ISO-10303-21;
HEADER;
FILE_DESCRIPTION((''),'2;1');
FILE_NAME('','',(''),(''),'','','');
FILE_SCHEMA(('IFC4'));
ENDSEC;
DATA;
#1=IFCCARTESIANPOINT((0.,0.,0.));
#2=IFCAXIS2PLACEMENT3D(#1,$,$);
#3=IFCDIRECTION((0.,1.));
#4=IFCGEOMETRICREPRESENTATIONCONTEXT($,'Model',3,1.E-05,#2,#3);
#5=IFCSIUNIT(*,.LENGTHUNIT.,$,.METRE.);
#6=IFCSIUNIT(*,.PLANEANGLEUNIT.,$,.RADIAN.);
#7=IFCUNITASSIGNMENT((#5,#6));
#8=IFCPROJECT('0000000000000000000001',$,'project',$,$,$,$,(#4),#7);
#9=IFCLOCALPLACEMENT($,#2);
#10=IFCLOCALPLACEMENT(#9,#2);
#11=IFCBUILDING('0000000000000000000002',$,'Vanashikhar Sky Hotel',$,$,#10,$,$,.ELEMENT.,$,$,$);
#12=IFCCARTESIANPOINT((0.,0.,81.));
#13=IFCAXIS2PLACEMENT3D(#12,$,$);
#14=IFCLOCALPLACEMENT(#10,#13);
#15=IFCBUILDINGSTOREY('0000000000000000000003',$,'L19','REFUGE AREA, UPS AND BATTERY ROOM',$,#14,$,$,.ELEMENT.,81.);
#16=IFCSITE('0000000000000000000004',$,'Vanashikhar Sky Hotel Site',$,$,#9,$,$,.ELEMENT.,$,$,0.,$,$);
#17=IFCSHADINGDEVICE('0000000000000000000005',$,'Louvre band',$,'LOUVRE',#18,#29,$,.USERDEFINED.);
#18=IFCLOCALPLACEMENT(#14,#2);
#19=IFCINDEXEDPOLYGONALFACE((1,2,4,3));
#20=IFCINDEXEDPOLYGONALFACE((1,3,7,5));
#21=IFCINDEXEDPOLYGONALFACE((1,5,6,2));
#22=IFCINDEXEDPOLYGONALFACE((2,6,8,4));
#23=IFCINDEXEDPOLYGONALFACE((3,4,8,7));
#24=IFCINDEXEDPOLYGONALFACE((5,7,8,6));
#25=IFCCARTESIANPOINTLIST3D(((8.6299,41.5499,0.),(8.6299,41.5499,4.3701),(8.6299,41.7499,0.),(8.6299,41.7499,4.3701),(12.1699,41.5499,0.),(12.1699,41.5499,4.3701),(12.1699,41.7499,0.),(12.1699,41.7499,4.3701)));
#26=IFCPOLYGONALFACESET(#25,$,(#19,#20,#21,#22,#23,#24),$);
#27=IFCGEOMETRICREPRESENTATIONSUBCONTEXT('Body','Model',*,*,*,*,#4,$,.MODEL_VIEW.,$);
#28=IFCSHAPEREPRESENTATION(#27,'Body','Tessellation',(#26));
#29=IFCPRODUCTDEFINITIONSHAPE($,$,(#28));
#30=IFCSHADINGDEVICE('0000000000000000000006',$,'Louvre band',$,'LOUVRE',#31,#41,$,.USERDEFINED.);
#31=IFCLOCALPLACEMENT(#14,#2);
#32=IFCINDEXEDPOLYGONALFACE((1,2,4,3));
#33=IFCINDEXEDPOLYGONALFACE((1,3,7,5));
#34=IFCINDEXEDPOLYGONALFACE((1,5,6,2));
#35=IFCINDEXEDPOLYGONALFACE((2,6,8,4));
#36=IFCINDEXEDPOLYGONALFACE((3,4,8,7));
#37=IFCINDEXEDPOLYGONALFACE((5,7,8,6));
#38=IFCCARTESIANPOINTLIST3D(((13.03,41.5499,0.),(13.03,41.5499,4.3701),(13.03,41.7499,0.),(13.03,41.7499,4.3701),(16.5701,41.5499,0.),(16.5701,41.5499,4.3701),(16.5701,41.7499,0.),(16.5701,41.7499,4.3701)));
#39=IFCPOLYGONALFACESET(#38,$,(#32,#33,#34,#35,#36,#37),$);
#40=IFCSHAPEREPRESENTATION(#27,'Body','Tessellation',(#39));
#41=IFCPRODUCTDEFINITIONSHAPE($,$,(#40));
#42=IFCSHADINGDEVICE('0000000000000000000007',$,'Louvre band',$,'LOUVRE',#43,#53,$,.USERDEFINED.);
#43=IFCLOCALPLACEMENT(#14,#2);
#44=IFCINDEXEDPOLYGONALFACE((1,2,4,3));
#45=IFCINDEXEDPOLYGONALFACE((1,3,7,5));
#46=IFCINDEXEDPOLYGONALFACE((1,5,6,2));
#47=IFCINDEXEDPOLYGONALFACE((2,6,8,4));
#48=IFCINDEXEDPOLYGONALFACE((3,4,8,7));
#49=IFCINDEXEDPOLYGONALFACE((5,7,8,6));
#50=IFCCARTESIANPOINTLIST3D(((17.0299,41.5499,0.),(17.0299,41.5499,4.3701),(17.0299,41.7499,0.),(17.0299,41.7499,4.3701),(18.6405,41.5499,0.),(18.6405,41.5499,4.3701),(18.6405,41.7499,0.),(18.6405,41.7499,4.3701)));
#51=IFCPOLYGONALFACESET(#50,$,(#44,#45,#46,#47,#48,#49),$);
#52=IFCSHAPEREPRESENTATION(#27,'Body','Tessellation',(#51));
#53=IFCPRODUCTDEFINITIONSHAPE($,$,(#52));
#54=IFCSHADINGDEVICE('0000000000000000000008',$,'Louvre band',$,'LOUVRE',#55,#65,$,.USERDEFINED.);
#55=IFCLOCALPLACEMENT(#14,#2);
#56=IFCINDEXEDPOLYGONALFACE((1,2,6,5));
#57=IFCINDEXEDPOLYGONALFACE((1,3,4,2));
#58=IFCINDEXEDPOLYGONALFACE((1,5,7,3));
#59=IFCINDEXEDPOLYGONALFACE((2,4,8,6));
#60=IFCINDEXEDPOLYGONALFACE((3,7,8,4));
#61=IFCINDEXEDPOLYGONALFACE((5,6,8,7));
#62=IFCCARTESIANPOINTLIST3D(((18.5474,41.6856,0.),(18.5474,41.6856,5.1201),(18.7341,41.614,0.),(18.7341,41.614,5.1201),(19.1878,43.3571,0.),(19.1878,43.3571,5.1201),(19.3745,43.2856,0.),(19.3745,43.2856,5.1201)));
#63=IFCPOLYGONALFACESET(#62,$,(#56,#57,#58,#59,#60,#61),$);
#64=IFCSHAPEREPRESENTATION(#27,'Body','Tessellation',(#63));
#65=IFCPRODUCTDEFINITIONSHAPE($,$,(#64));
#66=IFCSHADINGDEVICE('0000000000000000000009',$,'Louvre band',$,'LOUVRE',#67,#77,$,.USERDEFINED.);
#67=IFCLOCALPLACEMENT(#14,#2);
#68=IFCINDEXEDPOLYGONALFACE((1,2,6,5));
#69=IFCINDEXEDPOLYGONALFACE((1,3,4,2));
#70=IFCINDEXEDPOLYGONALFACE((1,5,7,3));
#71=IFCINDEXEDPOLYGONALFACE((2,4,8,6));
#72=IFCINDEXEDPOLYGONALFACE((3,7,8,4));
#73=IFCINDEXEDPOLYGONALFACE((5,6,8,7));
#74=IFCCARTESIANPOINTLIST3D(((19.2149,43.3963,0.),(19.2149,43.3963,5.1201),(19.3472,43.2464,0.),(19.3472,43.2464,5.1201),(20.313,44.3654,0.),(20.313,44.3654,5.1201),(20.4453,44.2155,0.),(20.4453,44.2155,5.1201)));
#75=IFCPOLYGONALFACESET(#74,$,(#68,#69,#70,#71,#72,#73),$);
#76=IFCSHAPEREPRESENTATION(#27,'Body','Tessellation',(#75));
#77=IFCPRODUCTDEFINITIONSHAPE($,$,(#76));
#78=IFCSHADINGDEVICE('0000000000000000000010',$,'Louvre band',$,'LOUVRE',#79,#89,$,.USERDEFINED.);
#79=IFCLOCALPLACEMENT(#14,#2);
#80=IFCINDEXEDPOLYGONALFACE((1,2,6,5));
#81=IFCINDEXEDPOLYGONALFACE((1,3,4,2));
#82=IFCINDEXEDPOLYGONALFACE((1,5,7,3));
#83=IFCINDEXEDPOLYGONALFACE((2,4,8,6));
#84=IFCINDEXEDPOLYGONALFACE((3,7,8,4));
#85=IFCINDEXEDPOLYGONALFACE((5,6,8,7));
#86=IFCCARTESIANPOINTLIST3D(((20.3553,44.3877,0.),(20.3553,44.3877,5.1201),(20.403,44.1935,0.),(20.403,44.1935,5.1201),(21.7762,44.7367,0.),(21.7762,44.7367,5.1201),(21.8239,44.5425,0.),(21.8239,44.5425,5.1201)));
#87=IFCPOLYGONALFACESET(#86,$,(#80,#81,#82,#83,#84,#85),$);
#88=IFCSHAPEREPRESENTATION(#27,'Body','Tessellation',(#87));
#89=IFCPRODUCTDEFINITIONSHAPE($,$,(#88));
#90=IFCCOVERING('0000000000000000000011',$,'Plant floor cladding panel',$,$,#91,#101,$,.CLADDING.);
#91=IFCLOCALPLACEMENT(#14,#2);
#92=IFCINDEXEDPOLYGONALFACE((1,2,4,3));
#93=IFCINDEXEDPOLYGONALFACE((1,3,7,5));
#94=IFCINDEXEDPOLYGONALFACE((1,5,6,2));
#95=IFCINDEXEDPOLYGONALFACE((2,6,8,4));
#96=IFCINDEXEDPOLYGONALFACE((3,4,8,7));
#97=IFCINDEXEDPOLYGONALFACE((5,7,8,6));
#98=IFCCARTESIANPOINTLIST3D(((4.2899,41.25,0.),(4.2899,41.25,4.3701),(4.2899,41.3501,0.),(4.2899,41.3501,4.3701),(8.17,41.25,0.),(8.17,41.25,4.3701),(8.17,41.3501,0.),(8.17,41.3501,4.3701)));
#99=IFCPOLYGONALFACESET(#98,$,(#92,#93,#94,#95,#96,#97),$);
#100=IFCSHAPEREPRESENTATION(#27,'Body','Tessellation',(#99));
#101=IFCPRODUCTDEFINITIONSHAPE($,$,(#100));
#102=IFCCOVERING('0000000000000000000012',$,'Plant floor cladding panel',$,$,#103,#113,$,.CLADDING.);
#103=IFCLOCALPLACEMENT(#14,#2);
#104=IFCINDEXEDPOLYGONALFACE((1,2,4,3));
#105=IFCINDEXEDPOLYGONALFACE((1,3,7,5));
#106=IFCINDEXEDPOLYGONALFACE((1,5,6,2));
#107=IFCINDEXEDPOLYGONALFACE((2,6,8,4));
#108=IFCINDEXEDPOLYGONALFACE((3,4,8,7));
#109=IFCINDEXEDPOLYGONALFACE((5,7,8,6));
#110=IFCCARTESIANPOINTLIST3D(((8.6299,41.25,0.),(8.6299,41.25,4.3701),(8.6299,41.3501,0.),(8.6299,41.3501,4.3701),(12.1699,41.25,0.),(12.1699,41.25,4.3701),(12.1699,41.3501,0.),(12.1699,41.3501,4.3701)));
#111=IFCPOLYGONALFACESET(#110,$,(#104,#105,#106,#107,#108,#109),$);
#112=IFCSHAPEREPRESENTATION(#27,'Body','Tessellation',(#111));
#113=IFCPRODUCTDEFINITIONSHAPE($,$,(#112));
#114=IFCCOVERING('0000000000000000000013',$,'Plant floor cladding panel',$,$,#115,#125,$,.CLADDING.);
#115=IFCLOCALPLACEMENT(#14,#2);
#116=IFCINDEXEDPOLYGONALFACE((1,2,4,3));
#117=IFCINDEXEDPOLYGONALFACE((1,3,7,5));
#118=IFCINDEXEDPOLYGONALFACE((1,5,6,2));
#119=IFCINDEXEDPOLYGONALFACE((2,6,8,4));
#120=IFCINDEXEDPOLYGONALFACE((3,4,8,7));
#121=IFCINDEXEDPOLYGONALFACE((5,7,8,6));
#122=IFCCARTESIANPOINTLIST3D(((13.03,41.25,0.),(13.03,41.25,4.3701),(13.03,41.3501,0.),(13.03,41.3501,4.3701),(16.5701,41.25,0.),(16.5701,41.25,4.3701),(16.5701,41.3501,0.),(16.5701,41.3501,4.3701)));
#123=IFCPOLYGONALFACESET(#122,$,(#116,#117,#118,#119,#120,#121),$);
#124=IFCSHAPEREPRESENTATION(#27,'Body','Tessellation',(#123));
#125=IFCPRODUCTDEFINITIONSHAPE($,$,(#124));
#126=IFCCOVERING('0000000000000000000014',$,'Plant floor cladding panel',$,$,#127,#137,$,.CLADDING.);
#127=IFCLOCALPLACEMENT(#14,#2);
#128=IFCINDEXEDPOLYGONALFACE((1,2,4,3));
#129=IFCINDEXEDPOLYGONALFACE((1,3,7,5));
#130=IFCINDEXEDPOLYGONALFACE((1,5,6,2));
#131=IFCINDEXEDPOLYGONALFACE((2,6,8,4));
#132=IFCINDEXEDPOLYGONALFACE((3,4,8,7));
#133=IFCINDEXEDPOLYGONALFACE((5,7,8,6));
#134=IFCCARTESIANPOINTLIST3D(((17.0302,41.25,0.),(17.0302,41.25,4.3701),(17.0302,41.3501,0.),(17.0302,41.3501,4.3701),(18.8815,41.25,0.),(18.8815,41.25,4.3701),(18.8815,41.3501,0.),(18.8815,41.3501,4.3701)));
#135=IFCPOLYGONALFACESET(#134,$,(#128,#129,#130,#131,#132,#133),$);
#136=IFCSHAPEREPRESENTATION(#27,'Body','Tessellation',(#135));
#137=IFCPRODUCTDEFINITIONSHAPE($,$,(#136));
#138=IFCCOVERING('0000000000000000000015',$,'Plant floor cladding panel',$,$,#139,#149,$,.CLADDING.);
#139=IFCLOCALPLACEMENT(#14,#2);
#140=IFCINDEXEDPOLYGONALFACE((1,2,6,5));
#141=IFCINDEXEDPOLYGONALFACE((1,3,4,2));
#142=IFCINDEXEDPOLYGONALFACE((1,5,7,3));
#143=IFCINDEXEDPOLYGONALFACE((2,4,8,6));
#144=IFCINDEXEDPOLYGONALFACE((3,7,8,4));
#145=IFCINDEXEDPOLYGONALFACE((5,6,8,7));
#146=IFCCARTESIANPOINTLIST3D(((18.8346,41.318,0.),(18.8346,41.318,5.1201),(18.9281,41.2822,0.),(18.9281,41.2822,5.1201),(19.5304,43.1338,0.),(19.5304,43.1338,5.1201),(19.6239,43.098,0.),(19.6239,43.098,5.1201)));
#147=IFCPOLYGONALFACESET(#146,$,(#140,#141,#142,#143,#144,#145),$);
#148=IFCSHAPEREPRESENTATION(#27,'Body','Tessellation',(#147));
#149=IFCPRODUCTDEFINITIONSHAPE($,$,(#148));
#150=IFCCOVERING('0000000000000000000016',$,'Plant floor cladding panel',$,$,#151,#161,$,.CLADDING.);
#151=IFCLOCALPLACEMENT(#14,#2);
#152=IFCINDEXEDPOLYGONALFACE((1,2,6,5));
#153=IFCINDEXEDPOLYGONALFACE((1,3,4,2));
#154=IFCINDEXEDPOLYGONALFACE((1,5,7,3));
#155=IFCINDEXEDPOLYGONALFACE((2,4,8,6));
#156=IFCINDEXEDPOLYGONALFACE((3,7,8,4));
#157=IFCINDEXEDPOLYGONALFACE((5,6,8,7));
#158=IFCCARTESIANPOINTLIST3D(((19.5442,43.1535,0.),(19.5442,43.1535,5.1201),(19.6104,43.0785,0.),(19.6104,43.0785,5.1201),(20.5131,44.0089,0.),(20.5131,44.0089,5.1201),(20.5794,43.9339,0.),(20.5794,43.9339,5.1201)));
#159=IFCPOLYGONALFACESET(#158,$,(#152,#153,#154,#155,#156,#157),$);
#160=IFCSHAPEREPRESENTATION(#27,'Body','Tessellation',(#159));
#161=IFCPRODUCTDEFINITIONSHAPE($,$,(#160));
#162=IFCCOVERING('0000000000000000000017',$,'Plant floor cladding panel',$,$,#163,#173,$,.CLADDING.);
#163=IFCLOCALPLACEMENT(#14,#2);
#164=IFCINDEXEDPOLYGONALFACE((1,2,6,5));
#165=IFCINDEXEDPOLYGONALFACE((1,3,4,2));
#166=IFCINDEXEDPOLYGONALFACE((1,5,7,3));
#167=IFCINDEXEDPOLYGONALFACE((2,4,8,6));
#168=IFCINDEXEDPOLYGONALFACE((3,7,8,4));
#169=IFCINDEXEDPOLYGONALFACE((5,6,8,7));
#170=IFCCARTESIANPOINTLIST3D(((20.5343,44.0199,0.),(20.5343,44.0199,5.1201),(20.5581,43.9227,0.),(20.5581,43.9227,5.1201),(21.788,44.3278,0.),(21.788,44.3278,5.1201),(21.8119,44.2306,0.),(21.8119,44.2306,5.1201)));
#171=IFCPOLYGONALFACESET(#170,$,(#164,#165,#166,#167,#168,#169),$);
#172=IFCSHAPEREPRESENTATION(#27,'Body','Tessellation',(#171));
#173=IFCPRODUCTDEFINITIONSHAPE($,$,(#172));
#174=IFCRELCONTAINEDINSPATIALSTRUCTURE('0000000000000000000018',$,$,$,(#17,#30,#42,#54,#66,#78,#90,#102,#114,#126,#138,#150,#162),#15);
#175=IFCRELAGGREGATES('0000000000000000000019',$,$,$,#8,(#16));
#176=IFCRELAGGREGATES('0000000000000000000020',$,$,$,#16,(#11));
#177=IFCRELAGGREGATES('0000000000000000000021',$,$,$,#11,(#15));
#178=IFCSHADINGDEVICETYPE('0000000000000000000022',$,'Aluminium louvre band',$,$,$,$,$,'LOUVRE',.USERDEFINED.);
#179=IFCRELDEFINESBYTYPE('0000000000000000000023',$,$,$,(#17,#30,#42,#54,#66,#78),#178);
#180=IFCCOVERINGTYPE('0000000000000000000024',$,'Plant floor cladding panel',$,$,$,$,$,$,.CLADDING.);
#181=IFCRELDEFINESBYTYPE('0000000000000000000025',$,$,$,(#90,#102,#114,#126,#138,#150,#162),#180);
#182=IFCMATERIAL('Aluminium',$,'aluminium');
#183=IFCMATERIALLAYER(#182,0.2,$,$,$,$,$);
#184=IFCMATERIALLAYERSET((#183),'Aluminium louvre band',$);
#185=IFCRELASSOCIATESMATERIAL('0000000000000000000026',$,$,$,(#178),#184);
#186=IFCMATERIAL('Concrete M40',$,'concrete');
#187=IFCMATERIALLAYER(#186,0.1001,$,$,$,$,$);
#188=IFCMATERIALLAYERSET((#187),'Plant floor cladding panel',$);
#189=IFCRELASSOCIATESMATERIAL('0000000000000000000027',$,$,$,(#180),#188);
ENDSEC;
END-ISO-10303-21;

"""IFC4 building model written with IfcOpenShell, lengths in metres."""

from ifc_helpers import new_model, si_unit, direction, frame, origin, origin_2d, place, context, subcontext, project, spatial, rectangle, extrude, source, transform, mapped, material, layer, layer_set, type_object, element, save


model = new_model("IFC4")

# Units and contexts
model_context = context("Model", 3, precision=1e-05, world=origin(), true_north=direction((0.0, 1.0)))
body_context = subcontext(model_context, "Body", "Model", "MODEL_VIEW")
ifc_project = project(units=[si_unit("LENGTHUNIT", "METRE"), si_unit("PLANEANGLEUNIT", "RADIAN")], contexts=[model_context])

# Site, building, storey
site_placement = place(None, origin())
site = spatial("IfcSite", under=ifc_project, at=site_placement, Name="Vanashikhar Sky Hotel Site", CompositionType="ELEMENT", RefElevation=0.0)
building_placement = place(site_placement, origin())
building = spatial("IfcBuilding", under=site, at=building_placement, Name="Vanashikhar Sky Hotel", CompositionType="ELEMENT")
storey_placement = place(building_placement, frame((0.0, 0.0, 81.0)))
storey = spatial("IfcBuildingStorey", under=building, at=storey_placement, Name="L19", Description="REFUGE AREA, UPS AND BATTERY ROOM", CompositionType="ELEMENT", Elevation=81.0)

# Shading devices
ifc_material_1 = material(Name="Aluminium", Category="aluminium")
ifc_layer_1 = layer(ifc_material_1, 0.2)
ifc_layer_set_1 = layer_set([ifc_layer_1], Name="Aluminium louvre band")
shading_device_type = type_object("IfcShadingDeviceType", Name="Aluminium louvre band", ElementType="LOUVRE", PredefinedType="USERDEFINED", material=ifc_layer_set_1)
shared_shape_1 = source(origin(), body_context, "Body", "SweptSolid", [
    extrude(rectangle(XDim=3.54, YDim=0.2, at=origin_2d()), origin(), (0.0, 0.0, 1.0), 4.3701),
])
for number, where, z_axis, x_axis, name in (
    (1, (10.3999, 41.6499, 0.0), (0.0, 0.0, 1.0), (-1.0, 0.0, 0.0), "Louvre band"),
    (2, (14.8, 41.6499, 0.0), (0.0, 0.0, 1.0), (-1.0, 0.0, 0.0), "Louvre band"),
):
    element("IfcShadingDevice", number, at=place(storey_placement, frame(where, z_axis=z_axis, x_axis=x_axis)), inside=storey, type_object=shading_device_type, Name=name, ObjectType="LOUVRE", PredefinedType="USERDEFINED", context=body_context, shape_type="MappedRepresentation", body=[
        mapped(shared_shape_1, transform((0.0, 0.0, 0.0), scale=1.0)),
    ])
shared_shape_2 = source(origin(), body_context, "Body", "SweptSolid", [
    extrude(rectangle(XDim=1.6106, YDim=0.2, at=origin_2d()), origin(), (0.0, 0.0, 1.0), 4.3701),
])
shading_device_1_placement = place(storey_placement, frame((17.8352, 41.6499, 0.0), z_axis=(0.0, 0.0, 1.0), x_axis=(-1.0, 0.0, 0.0)))
element("IfcShadingDevice", 3, at=shading_device_1_placement, inside=storey, type_object=shading_device_type, Name="Louvre band", ObjectType="LOUVRE", PredefinedType="USERDEFINED", context=body_context, shape_type="MappedRepresentation", body=[
    mapped(shared_shape_2, transform((0.0, 0.0, 0.0), scale=1.0)),
])
shared_shape_3 = source(origin(), body_context, "Body", "SweptSolid", [
    extrude(rectangle(XDim=1.79, YDim=0.2, at=origin_2d()), origin(), (0.0, 0.0, 1.0), 5.1201),
])
shading_device_2_placement = place(storey_placement, frame((18.9609, 42.4856, 0.0), z_axis=(0.0, 0.0, 1.0), x_axis=(-0.357765, -0.933812, 0.0)))
element("IfcShadingDevice", 4, at=shading_device_2_placement, inside=storey, type_object=shading_device_type, Name="Louvre band", ObjectType="LOUVRE", PredefinedType="USERDEFINED", context=body_context, shape_type="MappedRepresentation", body=[
    mapped(shared_shape_3, transform((0.0, 0.0, 0.0), scale=1.0)),
])
shared_shape_4 = source(origin(), body_context, "Body", "SweptSolid", [
    extrude(rectangle(XDim=1.4646, YDim=0.2, at=origin_2d()), origin(), (0.0, 0.0, 1.0), 5.1201),
])
shading_device_3_placement = place(storey_placement, frame((19.8301, 43.8059, 0.0), z_axis=(0.0, 0.0, 1.0), x_axis=(-0.749742, -0.661731, 0.0)))
element("IfcShadingDevice", 5, at=shading_device_3_placement, inside=storey, type_object=shading_device_type, Name="Louvre band", ObjectType="LOUVRE", PredefinedType="USERDEFINED", context=body_context, shape_type="MappedRepresentation", body=[
    mapped(shared_shape_4, transform((0.0, 0.0, 0.0), scale=1.0)),
])
shared_shape_5 = source(origin(), body_context, "Body", "SweptSolid", [
    extrude(rectangle(XDim=1.4631, YDim=0.2, at=origin_2d()), origin(), (0.0, 0.0, 1.0), 5.1201),
])
shading_device_4_placement = place(storey_placement, frame((21.0896, 44.4651, 0.0), z_axis=(0.0, 0.0, 1.0), x_axis=(-0.971134, -0.238533, 0.0)))
element("IfcShadingDevice", 6, at=shading_device_4_placement, inside=storey, type_object=shading_device_type, Name="Louvre band", ObjectType="LOUVRE", PredefinedType="USERDEFINED", context=body_context, shape_type="MappedRepresentation", body=[
    mapped(shared_shape_5, transform((0.0, 0.0, 0.0), scale=1.0)),
])

# Coverings
ifc_material_2 = material(Name="Concrete M40", Category="concrete")
ifc_layer_2 = layer(ifc_material_2, 0.1001)
ifc_layer_set_2 = layer_set([ifc_layer_2], Name="Plant floor cladding panel")
covering_type_1 = type_object("IfcCoveringType", Name="Plant floor cladding panel", PredefinedType="CLADDING", material=ifc_layer_set_2)
shared_shape_6 = source(origin(), body_context, "Body", "SweptSolid", [
    extrude(rectangle(XDim=3.8801, YDim=0.1001, at=origin_2d()), origin(), (0.0, 0.0, 1.0), 4.3701),
])
covering_1_placement = place(storey_placement, frame((6.23, 41.3, 0.0), z_axis=(0.0, 0.0, 1.0), x_axis=(-1.0, 0.0, 0.0)))
element("IfcCovering", 7, at=covering_1_placement, inside=storey, type_object=covering_type_1, Name="Plant floor cladding panel", PredefinedType="CLADDING", context=body_context, shape_type="MappedRepresentation", body=[
    mapped(shared_shape_6, transform((0.0, 0.0, 0.0), scale=1.0)),
])
shared_shape_7 = source(origin(), body_context, "Body", "SweptSolid", [
    extrude(rectangle(XDim=3.54, YDim=0.1001, at=origin_2d()), origin(), (0.0, 0.0, 1.0), 4.3701),
])
for number, where, z_axis, x_axis, name in (
    (8, (10.3999, 41.3, 0.0), (0.0, 0.0, 1.0), (-1.0, 0.0, 0.0), "Plant floor cladding panel"),
    (9, (14.8, 41.3, 0.0), (0.0, 0.0, 1.0), (-1.0, 0.0, 0.0), "Plant floor cladding panel"),
):
    element("IfcCovering", number, at=place(storey_placement, frame(where, z_axis=z_axis, x_axis=x_axis)), inside=storey, type_object=covering_type_1, Name=name, PredefinedType="CLADDING", context=body_context, shape_type="MappedRepresentation", body=[
        mapped(shared_shape_7, transform((0.0, 0.0, 0.0), scale=1.0)),
    ])
shared_shape_8 = source(origin(), body_context, "Body", "SweptSolid", [
    extrude(rectangle(XDim=1.8513, YDim=0.1001, at=origin_2d()), origin(), (0.0, 0.0, 1.0), 4.3701),
])
covering_2_placement = place(storey_placement, frame((17.9558, 41.3, 0.0), z_axis=(0.0, 0.0, 1.0), x_axis=(-1.0, 0.0, 0.0)))
element("IfcCovering", 10, at=covering_2_placement, inside=storey, type_object=covering_type_1, Name="Plant floor cladding panel", PredefinedType="CLADDING", context=body_context, shape_type="MappedRepresentation", body=[
    mapped(shared_shape_8, transform((0.0, 0.0, 0.0), scale=1.0)),
])
shared_shape_9 = source(origin(), body_context, "Body", "SweptSolid", [
    extrude(rectangle(XDim=1.9446, YDim=0.1001, at=origin_2d()), origin(), (0.0, 0.0, 1.0), 5.1201),
])
covering_3_placement = place(storey_placement, frame((19.2292, 42.208, 0.0), z_axis=(0.0, 0.0, 1.0), x_axis=(-0.357781, -0.933805, 0.0)))
element("IfcCovering", 11, at=covering_3_placement, inside=storey, type_object=covering_type_1, Name="Plant floor cladding panel", PredefinedType="CLADDING", context=body_context, shape_type="MappedRepresentation", body=[
    mapped(shared_shape_9, transform((0.0, 0.0, 0.0), scale=1.0)),
])
shared_shape_10 = source(origin(), body_context, "Body", "SweptSolid", [
    extrude(rectangle(XDim=1.2925, YDim=0.1001, at=origin_2d()), origin(), (0.0, 0.0, 1.0), 5.1201),
])
covering_4_placement = place(storey_placement, frame((20.0618, 43.5437, 0.0), z_axis=(0.0, 0.0, 1.0), x_axis=(-0.749684, -0.661796, 0.0)))
element("IfcCovering", 12, at=covering_4_placement, inside=storey, type_object=covering_type_1, Name="Plant floor cladding panel", PredefinedType="CLADDING", context=body_context, shape_type="MappedRepresentation", body=[
    mapped(shared_shape_10, transform((0.0, 0.0, 0.0), scale=1.0)),
])
shared_shape_11 = source(origin(), body_context, "Body", "SweptSolid", [
    extrude(rectangle(XDim=1.291, YDim=0.1001, at=origin_2d()), origin(), (0.0, 0.0, 1.0), 5.1201),
])
covering_5_placement = place(storey_placement, frame((21.1731, 44.1252, 0.0), z_axis=(0.0, 0.0, 1.0), x_axis=(-0.971151, -0.238466, 0.0)))
element("IfcCovering", 13, at=covering_5_placement, inside=storey, type_object=covering_type_1, Name="Plant floor cladding panel", PredefinedType="CLADDING", context=body_context, shape_type="MappedRepresentation", body=[
    mapped(shared_shape_11, transform((0.0, 0.0, 0.0), scale=1.0)),
])

save(model, "model.ifc")
